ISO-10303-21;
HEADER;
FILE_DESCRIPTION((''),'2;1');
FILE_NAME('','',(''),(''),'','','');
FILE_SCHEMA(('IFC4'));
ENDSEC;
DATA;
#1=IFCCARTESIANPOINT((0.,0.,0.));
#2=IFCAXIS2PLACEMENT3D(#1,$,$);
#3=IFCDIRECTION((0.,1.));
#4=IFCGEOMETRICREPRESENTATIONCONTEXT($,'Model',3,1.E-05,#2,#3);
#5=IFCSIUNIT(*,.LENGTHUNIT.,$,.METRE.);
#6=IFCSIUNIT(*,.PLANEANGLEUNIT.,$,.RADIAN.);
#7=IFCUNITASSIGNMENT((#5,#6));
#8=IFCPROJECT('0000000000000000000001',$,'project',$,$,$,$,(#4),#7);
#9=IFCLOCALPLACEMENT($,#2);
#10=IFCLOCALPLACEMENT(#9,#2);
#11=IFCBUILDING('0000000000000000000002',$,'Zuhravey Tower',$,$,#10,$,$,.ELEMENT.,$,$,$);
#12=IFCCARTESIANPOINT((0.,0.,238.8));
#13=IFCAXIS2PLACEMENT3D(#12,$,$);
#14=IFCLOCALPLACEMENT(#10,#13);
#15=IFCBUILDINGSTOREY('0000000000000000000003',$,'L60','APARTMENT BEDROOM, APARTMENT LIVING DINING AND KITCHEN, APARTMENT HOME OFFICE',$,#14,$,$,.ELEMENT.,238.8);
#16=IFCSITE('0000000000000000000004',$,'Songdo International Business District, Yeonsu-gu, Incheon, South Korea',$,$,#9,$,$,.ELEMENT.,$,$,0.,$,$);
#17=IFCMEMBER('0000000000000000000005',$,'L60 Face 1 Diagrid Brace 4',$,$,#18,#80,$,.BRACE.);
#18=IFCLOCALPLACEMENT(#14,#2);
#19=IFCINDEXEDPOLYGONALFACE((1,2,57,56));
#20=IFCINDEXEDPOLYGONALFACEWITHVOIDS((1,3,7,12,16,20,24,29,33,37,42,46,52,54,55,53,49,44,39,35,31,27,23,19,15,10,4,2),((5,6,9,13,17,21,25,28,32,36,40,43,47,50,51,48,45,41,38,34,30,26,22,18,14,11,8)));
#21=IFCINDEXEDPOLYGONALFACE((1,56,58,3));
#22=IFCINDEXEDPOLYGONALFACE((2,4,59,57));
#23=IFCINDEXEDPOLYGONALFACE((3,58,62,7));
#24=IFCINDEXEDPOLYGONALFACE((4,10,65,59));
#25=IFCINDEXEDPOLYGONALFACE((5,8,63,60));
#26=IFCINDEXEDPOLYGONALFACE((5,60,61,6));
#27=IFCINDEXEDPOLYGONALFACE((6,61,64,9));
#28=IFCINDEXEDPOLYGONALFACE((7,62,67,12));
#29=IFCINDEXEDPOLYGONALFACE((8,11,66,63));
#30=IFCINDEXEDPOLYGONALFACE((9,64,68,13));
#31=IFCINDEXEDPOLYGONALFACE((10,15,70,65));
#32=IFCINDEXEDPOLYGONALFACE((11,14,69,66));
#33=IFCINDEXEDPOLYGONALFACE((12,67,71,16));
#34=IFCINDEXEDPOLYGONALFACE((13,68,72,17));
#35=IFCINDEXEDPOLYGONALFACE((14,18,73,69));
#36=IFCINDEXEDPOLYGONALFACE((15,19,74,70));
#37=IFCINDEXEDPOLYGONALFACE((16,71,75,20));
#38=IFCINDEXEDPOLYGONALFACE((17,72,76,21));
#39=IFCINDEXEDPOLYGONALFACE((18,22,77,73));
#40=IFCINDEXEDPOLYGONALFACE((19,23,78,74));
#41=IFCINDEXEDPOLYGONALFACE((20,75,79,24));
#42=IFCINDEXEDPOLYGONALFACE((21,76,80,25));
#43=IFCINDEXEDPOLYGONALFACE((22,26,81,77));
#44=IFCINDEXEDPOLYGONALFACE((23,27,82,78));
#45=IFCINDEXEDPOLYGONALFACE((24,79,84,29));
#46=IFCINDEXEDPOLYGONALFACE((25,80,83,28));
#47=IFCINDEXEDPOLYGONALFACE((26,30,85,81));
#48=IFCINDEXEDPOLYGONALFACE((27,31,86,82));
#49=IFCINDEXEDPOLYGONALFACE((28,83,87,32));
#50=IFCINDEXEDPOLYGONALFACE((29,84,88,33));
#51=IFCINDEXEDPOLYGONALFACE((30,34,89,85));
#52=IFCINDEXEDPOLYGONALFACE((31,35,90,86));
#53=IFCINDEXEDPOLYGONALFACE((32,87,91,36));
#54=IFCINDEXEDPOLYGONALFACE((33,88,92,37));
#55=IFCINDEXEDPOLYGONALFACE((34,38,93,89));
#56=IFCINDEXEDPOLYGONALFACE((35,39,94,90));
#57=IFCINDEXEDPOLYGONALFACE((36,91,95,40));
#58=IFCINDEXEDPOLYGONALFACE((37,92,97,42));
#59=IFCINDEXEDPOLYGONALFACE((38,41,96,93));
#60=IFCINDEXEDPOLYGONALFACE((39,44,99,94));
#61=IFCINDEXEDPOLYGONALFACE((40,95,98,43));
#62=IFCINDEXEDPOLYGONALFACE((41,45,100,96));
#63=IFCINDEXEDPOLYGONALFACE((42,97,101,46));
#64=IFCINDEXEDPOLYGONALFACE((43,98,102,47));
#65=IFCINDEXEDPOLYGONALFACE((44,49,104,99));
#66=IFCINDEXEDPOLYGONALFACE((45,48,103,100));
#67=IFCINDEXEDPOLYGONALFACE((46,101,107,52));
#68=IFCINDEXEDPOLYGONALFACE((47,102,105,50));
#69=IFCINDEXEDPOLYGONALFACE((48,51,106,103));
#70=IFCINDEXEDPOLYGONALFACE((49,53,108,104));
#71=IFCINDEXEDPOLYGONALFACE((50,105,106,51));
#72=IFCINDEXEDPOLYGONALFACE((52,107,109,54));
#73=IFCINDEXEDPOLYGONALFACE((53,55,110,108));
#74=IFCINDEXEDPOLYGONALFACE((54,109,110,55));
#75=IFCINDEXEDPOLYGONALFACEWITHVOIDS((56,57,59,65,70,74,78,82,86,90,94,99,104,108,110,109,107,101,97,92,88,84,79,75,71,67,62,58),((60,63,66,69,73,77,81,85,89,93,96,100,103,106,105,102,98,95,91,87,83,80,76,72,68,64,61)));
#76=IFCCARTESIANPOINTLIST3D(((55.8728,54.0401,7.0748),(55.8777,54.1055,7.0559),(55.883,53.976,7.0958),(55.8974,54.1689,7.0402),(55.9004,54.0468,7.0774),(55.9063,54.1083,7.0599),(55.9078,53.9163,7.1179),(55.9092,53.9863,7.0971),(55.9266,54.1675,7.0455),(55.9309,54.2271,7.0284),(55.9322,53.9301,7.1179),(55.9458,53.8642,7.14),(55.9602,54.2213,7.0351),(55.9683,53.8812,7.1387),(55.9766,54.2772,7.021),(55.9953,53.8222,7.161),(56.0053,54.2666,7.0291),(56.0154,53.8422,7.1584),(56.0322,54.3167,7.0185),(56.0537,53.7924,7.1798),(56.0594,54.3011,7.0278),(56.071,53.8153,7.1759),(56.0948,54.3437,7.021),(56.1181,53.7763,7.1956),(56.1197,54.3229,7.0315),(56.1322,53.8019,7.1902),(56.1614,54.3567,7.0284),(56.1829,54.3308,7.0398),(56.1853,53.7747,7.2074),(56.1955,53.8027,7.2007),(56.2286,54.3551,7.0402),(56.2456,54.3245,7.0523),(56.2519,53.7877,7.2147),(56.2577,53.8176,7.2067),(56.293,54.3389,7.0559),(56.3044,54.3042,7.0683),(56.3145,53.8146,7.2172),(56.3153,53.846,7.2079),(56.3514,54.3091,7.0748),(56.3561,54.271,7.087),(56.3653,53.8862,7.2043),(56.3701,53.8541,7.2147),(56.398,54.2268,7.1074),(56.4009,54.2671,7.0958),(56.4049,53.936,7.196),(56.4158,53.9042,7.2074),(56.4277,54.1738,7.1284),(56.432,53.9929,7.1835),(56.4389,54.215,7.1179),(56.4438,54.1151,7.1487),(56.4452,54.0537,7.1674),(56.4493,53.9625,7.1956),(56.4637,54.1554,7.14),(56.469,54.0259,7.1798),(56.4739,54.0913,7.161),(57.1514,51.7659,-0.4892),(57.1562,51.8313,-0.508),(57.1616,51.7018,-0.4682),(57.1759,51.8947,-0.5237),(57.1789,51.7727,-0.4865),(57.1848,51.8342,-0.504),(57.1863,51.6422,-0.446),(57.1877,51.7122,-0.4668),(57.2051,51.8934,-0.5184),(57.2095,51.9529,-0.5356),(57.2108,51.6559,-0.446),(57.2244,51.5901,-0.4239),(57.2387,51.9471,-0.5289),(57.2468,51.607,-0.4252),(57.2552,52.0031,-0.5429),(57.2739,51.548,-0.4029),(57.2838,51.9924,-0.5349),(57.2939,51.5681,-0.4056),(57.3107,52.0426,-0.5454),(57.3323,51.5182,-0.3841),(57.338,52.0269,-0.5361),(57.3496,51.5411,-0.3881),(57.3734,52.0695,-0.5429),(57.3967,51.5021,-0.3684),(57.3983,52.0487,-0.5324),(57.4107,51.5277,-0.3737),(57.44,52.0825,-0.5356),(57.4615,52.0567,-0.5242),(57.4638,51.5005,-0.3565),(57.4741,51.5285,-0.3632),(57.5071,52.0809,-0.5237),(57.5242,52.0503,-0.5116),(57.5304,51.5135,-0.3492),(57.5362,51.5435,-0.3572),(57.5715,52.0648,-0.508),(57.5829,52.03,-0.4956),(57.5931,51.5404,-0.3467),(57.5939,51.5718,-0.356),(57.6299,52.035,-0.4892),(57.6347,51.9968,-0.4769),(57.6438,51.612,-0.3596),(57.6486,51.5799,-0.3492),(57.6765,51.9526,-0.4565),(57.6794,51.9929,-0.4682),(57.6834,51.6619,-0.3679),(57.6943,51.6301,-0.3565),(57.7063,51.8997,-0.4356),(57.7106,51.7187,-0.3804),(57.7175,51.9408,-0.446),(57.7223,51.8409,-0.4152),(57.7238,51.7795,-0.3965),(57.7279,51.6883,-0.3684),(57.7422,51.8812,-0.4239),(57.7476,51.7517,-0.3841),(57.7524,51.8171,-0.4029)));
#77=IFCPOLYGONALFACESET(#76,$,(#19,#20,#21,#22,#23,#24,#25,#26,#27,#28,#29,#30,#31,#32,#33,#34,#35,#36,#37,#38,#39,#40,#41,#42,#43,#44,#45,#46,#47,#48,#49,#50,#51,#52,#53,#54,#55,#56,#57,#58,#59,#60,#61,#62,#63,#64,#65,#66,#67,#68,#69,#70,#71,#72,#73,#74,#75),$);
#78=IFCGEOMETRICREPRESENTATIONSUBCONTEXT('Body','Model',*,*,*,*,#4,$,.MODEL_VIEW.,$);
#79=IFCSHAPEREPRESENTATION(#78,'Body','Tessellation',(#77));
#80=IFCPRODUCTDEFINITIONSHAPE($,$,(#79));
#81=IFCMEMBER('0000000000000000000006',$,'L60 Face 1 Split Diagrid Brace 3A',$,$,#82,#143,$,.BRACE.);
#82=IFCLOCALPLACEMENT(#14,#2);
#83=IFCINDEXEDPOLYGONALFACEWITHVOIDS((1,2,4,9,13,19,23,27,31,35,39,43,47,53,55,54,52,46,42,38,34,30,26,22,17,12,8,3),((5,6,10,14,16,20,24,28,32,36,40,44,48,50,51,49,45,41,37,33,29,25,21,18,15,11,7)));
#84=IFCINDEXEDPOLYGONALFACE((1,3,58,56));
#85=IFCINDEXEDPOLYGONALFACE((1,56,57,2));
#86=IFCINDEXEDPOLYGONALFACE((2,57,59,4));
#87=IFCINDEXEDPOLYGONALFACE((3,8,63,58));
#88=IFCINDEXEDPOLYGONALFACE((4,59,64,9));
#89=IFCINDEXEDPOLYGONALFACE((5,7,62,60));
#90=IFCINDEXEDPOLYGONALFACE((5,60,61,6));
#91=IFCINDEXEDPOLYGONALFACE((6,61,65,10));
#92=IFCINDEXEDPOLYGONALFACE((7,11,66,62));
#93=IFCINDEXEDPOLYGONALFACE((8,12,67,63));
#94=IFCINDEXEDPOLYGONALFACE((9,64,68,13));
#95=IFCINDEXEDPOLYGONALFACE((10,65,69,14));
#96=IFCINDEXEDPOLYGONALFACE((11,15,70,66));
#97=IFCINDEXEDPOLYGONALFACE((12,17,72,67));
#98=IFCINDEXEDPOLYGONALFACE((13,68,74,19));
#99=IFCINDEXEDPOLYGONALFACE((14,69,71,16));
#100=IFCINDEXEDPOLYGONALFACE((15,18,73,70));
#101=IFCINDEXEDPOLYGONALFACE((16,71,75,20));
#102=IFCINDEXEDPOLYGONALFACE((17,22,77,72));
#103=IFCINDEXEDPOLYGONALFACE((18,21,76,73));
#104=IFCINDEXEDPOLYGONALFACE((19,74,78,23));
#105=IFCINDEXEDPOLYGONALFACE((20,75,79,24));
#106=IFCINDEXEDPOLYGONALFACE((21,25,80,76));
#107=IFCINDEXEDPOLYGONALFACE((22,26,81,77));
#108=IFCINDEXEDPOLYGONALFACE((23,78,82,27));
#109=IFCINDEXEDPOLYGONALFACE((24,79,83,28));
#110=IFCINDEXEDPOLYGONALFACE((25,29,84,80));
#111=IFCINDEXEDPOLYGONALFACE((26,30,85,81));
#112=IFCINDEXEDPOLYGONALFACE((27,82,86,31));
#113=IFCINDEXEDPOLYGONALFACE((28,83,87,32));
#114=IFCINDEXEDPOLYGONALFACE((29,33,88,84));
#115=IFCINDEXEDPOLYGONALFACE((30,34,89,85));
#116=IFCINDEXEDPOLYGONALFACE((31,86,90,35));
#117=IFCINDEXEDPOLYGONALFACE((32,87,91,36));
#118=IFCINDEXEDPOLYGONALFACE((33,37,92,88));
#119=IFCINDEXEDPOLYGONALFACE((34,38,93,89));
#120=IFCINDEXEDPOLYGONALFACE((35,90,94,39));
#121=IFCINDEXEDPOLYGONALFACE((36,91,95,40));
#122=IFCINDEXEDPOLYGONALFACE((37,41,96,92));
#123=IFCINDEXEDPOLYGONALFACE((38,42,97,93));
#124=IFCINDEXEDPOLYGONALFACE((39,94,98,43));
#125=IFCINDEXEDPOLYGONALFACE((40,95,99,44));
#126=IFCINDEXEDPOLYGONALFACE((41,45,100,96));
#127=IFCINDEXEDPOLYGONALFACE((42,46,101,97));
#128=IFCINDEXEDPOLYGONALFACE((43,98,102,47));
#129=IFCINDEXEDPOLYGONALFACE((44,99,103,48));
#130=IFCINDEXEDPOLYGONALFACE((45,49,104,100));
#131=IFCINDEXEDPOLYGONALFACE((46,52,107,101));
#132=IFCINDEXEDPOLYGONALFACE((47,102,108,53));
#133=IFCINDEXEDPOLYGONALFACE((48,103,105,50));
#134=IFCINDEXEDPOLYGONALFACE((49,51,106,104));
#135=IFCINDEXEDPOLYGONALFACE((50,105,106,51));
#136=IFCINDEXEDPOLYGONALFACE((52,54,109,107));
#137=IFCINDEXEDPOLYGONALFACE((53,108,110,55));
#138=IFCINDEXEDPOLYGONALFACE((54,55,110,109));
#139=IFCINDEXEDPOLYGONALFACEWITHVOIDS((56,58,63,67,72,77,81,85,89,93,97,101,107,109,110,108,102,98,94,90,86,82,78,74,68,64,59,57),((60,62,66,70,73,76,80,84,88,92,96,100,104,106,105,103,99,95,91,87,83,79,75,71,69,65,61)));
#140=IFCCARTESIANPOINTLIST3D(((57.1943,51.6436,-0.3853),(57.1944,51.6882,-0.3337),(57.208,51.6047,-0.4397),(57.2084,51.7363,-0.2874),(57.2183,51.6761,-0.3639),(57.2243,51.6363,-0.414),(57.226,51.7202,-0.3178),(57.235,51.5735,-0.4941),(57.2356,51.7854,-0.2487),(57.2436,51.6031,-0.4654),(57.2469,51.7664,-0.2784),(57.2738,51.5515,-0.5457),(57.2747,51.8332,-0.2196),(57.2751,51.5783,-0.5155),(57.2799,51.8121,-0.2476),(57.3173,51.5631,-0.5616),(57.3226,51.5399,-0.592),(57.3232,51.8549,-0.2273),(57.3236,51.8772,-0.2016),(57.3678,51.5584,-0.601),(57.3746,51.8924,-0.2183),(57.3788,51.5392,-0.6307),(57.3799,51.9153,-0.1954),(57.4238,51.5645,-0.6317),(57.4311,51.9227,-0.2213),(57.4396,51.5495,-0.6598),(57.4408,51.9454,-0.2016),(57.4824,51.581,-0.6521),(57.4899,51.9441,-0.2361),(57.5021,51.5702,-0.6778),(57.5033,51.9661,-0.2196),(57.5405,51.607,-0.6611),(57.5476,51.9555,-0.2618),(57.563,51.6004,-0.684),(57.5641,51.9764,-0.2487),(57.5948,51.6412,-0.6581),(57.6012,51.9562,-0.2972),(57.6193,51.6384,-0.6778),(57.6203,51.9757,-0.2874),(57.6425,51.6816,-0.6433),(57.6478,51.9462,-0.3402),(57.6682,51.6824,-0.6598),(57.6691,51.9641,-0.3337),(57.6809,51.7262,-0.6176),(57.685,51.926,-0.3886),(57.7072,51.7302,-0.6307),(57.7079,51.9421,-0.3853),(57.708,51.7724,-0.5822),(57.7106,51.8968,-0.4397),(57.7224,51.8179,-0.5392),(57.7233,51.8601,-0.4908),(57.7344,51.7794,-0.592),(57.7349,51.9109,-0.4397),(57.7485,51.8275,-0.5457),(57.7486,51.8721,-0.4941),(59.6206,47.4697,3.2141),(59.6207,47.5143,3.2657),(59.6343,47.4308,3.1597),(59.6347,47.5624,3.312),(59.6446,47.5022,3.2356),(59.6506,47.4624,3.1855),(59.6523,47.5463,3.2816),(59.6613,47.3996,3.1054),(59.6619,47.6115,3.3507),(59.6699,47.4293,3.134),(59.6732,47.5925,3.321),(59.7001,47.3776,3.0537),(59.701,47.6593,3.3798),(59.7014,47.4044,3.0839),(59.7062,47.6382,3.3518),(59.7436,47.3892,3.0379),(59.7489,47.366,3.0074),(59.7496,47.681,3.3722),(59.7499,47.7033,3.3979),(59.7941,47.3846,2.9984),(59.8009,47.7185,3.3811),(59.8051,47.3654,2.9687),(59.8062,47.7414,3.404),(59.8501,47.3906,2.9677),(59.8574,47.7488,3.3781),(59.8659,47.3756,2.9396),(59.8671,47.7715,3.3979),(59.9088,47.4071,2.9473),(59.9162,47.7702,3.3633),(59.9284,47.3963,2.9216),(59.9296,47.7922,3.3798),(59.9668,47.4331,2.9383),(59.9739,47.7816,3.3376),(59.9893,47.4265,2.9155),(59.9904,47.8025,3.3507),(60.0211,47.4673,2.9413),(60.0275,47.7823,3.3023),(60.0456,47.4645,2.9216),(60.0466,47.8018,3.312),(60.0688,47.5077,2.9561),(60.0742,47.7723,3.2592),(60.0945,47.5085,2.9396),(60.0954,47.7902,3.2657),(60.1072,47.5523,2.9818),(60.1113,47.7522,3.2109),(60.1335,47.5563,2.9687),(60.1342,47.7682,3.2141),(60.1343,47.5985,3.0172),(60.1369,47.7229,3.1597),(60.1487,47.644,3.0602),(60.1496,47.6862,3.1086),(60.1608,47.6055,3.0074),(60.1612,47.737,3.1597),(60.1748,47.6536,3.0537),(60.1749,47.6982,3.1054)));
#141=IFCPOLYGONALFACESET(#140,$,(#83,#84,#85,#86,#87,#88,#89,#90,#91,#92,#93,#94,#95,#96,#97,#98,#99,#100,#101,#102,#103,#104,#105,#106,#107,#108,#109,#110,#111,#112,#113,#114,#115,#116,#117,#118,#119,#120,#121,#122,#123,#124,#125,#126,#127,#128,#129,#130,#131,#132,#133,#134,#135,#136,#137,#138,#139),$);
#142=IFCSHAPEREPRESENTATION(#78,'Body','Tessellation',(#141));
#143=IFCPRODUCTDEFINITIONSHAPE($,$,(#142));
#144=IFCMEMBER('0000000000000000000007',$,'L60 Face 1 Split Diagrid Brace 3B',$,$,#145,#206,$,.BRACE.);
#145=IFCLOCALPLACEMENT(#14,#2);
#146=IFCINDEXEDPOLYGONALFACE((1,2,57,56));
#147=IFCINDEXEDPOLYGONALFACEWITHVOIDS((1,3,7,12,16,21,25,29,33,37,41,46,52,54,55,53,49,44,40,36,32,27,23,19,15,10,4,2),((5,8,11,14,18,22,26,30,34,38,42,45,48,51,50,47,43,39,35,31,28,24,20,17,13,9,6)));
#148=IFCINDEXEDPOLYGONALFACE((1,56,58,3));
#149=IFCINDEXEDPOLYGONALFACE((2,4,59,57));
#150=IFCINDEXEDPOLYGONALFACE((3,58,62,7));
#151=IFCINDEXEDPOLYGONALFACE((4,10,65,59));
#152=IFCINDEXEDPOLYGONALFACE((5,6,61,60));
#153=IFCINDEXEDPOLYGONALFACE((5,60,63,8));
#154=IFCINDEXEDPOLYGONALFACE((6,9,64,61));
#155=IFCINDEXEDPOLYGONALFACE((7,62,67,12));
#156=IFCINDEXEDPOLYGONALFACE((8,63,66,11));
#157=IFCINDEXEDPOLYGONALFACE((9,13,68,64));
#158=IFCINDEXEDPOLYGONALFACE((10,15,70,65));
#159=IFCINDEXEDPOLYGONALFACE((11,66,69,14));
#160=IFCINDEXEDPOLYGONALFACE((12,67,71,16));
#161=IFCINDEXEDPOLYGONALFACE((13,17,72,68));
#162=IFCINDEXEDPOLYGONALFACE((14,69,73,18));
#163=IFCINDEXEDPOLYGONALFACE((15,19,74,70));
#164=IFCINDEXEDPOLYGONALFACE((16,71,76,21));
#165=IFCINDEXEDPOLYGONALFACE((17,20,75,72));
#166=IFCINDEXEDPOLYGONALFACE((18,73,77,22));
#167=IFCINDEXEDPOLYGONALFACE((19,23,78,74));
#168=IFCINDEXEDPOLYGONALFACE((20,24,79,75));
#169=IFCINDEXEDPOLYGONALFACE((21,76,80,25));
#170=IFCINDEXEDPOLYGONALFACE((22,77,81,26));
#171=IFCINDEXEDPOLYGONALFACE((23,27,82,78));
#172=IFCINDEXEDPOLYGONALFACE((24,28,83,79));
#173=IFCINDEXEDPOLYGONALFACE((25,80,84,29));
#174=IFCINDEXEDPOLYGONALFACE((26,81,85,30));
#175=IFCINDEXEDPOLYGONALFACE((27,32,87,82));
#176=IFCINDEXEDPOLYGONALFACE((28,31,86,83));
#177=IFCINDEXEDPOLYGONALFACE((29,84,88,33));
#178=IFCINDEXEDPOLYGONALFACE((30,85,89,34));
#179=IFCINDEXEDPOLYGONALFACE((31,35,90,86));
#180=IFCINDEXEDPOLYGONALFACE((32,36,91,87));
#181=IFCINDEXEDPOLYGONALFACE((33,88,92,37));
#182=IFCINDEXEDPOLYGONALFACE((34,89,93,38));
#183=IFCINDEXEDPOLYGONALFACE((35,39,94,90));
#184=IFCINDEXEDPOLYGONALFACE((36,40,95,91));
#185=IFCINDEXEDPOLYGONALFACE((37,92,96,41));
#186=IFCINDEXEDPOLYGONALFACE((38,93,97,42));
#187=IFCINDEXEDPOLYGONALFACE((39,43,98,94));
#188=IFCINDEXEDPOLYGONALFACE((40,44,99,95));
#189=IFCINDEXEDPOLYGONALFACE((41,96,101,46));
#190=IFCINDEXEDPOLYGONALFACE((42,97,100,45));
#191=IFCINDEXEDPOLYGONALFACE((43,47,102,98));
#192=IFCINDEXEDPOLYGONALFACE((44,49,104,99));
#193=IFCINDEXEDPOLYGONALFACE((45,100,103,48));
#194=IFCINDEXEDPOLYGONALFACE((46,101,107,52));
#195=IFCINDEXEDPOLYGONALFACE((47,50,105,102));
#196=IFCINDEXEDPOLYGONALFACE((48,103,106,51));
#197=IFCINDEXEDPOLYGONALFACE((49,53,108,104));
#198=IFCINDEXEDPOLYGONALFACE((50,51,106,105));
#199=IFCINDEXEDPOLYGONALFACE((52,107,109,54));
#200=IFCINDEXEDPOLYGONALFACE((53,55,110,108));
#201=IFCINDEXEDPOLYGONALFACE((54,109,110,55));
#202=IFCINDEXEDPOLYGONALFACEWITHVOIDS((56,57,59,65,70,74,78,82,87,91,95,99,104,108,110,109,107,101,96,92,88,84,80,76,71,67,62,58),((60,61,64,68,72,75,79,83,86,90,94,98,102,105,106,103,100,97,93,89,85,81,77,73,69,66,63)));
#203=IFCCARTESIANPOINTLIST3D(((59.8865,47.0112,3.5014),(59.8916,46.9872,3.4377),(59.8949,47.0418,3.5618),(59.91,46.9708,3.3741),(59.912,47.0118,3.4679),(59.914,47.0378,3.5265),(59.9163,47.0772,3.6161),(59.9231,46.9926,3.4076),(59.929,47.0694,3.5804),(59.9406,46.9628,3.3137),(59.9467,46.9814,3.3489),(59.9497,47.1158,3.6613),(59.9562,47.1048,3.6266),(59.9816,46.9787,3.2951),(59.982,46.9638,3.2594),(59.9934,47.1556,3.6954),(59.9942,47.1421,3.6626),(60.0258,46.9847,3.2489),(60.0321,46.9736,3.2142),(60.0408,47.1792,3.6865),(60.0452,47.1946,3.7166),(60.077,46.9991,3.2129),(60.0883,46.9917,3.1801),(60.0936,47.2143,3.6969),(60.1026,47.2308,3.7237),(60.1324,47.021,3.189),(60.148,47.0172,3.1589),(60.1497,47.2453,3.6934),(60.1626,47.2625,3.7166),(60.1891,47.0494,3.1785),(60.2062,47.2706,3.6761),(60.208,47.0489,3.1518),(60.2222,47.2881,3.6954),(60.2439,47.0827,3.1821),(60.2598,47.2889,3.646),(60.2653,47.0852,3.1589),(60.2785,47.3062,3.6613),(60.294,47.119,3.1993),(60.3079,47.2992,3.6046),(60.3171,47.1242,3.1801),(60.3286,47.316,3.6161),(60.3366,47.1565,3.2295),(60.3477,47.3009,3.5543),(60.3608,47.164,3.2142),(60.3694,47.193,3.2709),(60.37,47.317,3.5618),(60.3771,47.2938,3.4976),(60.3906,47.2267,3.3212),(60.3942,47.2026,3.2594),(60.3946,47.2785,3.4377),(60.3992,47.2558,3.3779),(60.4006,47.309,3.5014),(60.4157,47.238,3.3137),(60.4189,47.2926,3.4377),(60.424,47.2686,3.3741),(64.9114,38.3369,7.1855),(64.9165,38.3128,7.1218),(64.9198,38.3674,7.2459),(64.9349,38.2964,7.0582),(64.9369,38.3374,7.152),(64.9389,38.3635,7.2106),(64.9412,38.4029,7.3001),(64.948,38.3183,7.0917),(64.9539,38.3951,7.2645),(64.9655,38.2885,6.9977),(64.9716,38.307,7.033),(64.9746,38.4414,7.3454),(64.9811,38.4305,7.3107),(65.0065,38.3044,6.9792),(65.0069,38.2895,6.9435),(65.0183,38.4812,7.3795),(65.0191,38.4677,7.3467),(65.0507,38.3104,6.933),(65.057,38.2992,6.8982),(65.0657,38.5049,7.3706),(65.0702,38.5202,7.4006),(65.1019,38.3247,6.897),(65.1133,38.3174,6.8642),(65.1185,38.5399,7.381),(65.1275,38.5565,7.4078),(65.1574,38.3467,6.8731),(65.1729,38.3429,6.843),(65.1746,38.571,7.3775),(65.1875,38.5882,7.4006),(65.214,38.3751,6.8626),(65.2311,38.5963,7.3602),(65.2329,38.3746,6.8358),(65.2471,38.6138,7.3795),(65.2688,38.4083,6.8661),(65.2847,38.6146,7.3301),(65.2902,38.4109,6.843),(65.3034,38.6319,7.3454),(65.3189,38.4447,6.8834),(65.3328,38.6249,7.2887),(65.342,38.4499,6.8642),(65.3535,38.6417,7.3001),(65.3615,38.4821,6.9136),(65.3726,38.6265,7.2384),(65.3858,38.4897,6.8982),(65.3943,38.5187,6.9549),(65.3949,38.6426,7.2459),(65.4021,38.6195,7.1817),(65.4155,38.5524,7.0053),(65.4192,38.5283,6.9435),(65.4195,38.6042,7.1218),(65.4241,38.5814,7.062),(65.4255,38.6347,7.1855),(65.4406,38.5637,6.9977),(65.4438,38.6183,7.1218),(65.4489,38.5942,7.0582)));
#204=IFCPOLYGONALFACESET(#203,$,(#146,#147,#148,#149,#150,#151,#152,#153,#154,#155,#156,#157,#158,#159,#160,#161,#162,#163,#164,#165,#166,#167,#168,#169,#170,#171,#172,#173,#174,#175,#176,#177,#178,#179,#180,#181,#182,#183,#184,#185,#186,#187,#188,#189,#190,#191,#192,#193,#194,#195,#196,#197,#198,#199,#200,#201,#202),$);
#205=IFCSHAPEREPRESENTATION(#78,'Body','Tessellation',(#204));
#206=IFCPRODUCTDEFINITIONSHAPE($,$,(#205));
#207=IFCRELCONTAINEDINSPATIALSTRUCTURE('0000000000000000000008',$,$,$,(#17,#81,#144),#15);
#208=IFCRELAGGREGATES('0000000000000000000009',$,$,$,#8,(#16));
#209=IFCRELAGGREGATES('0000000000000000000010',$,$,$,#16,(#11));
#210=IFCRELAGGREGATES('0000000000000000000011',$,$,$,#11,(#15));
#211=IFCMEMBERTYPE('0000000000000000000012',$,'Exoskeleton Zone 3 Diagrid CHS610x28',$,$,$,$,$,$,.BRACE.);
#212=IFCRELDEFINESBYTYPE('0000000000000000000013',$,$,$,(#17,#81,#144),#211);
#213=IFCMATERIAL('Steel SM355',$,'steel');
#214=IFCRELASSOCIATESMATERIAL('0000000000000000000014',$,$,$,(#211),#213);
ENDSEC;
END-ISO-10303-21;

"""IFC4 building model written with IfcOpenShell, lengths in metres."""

from ifc_helpers import new_model, si_unit, direction, frame, origin, origin_2d, place, context, subcontext, project, spatial, hollow_circle, extrude, material, material_profile, profile_set, type_object, element, save


model = new_model("IFC4")

# Units and contexts
model_context = context("Model", 3, precision=1e-05, world=origin(), true_north=direction((0.0, 1.0)))
body_context = subcontext(model_context, "Body", "Model", "MODEL_VIEW")
ifc_project = project(units=[si_unit("LENGTHUNIT", "METRE"), si_unit("PLANEANGLEUNIT", "RADIAN")], contexts=[model_context])

# Site, building, storey
site_placement = place(None, origin())
site = spatial("IfcSite", under=ifc_project, at=site_placement, Name="Songdo International Business District, Yeonsu-gu, Incheon, South Korea", CompositionType="ELEMENT", RefElevation=0.0)
building_placement = place(site_placement, origin())
building = spatial("IfcBuilding", under=site, at=building_placement, Name="Zuhravey Tower", CompositionType="ELEMENT")
storey_placement = place(building_placement, frame((0.0, 0.0, 238.8)))
storey = spatial("IfcBuildingStorey", under=building, at=storey_placement, Name="L60", Description="APARTMENT BEDROOM, APARTMENT LIVING DINING AND KITCHEN, APARTMENT HOME OFFICE", CompositionType="ELEMENT", Elevation=238.8)

# Members
ifc_material_1 = material(Name="Steel SM355", Category="steel")
ifc_material_profile_1 = material_profile(ifc_material_1, hollow_circle(Radius=0.3047, WallThickness=0.0281, at=origin_2d()), Name="CHS-609.6x28")
ifc_profile_set_1 = profile_set([ifc_material_profile_1], Name="Steel SM355")
member_type_1 = type_object("IfcMemberType", Name="Exoskeleton Zone 3 Diagrid CHS610x28", PredefinedType="BRACE", material=ifc_profile_set_1)
member_1_placement = place(storey_placement, frame((57.4519, 51.7915, -0.446), z_axis=(-0.159795, 0.284227, 0.945347), x_axis=(-0.871683, -0.49007, 0.0)))
element("IfcMember", 1, at=member_1_placement, inside=storey, type_object=member_type_1, Name="L60 Face 1 Diagrid Brace 4", PredefinedType="BRACE", context=body_context, shape_type="SweptSolid", body=[
    extrude(hollow_circle(Radius=0.3047, WallThickness=0.0281, at=origin_2d()), origin(), (0.0, 0.0, 1.0), 8.0012),
])
member_2_placement = place(storey_placement, frame((57.4714, 51.7578, -0.4397), z_axis=(0.402909, -0.69311, 0.597714), x_axis=(0.864541, 0.502562, 0.0)))
element("IfcMember", 2, at=member_2_placement, inside=storey, type_object=member_type_1, Name="L60 Face 1 Split Diagrid Brace 3A", PredefinedType="BRACE", context=body_context, shape_type="SweptSolid", body=[
    extrude(hollow_circle(Radius=0.3047, WallThickness=0.0281, at=origin_2d()), origin(), (0.0, 0.0, 1.0), 6.022),
])
member_3_placement = place(storey_placement, frame((60.1553, 47.1399, 3.4377), z_axis=(0.470489, -0.81219, 0.344946), x_axis=(0.8653, 0.501255, 0.0)))
element("IfcMember", 3, at=member_3_placement, inside=storey, type_object=member_type_1, Name="L60 Face 1 Split Diagrid Brace 3B", PredefinedType="BRACE", context=body_context, shape_type="SweptSolid", body=[
    extrude(hollow_circle(Radius=0.3047, WallThickness=0.0281, at=origin_2d()), origin(), (0.0, 0.0, 1.0), 10.6802),
])

save(model, "model.ifc")
